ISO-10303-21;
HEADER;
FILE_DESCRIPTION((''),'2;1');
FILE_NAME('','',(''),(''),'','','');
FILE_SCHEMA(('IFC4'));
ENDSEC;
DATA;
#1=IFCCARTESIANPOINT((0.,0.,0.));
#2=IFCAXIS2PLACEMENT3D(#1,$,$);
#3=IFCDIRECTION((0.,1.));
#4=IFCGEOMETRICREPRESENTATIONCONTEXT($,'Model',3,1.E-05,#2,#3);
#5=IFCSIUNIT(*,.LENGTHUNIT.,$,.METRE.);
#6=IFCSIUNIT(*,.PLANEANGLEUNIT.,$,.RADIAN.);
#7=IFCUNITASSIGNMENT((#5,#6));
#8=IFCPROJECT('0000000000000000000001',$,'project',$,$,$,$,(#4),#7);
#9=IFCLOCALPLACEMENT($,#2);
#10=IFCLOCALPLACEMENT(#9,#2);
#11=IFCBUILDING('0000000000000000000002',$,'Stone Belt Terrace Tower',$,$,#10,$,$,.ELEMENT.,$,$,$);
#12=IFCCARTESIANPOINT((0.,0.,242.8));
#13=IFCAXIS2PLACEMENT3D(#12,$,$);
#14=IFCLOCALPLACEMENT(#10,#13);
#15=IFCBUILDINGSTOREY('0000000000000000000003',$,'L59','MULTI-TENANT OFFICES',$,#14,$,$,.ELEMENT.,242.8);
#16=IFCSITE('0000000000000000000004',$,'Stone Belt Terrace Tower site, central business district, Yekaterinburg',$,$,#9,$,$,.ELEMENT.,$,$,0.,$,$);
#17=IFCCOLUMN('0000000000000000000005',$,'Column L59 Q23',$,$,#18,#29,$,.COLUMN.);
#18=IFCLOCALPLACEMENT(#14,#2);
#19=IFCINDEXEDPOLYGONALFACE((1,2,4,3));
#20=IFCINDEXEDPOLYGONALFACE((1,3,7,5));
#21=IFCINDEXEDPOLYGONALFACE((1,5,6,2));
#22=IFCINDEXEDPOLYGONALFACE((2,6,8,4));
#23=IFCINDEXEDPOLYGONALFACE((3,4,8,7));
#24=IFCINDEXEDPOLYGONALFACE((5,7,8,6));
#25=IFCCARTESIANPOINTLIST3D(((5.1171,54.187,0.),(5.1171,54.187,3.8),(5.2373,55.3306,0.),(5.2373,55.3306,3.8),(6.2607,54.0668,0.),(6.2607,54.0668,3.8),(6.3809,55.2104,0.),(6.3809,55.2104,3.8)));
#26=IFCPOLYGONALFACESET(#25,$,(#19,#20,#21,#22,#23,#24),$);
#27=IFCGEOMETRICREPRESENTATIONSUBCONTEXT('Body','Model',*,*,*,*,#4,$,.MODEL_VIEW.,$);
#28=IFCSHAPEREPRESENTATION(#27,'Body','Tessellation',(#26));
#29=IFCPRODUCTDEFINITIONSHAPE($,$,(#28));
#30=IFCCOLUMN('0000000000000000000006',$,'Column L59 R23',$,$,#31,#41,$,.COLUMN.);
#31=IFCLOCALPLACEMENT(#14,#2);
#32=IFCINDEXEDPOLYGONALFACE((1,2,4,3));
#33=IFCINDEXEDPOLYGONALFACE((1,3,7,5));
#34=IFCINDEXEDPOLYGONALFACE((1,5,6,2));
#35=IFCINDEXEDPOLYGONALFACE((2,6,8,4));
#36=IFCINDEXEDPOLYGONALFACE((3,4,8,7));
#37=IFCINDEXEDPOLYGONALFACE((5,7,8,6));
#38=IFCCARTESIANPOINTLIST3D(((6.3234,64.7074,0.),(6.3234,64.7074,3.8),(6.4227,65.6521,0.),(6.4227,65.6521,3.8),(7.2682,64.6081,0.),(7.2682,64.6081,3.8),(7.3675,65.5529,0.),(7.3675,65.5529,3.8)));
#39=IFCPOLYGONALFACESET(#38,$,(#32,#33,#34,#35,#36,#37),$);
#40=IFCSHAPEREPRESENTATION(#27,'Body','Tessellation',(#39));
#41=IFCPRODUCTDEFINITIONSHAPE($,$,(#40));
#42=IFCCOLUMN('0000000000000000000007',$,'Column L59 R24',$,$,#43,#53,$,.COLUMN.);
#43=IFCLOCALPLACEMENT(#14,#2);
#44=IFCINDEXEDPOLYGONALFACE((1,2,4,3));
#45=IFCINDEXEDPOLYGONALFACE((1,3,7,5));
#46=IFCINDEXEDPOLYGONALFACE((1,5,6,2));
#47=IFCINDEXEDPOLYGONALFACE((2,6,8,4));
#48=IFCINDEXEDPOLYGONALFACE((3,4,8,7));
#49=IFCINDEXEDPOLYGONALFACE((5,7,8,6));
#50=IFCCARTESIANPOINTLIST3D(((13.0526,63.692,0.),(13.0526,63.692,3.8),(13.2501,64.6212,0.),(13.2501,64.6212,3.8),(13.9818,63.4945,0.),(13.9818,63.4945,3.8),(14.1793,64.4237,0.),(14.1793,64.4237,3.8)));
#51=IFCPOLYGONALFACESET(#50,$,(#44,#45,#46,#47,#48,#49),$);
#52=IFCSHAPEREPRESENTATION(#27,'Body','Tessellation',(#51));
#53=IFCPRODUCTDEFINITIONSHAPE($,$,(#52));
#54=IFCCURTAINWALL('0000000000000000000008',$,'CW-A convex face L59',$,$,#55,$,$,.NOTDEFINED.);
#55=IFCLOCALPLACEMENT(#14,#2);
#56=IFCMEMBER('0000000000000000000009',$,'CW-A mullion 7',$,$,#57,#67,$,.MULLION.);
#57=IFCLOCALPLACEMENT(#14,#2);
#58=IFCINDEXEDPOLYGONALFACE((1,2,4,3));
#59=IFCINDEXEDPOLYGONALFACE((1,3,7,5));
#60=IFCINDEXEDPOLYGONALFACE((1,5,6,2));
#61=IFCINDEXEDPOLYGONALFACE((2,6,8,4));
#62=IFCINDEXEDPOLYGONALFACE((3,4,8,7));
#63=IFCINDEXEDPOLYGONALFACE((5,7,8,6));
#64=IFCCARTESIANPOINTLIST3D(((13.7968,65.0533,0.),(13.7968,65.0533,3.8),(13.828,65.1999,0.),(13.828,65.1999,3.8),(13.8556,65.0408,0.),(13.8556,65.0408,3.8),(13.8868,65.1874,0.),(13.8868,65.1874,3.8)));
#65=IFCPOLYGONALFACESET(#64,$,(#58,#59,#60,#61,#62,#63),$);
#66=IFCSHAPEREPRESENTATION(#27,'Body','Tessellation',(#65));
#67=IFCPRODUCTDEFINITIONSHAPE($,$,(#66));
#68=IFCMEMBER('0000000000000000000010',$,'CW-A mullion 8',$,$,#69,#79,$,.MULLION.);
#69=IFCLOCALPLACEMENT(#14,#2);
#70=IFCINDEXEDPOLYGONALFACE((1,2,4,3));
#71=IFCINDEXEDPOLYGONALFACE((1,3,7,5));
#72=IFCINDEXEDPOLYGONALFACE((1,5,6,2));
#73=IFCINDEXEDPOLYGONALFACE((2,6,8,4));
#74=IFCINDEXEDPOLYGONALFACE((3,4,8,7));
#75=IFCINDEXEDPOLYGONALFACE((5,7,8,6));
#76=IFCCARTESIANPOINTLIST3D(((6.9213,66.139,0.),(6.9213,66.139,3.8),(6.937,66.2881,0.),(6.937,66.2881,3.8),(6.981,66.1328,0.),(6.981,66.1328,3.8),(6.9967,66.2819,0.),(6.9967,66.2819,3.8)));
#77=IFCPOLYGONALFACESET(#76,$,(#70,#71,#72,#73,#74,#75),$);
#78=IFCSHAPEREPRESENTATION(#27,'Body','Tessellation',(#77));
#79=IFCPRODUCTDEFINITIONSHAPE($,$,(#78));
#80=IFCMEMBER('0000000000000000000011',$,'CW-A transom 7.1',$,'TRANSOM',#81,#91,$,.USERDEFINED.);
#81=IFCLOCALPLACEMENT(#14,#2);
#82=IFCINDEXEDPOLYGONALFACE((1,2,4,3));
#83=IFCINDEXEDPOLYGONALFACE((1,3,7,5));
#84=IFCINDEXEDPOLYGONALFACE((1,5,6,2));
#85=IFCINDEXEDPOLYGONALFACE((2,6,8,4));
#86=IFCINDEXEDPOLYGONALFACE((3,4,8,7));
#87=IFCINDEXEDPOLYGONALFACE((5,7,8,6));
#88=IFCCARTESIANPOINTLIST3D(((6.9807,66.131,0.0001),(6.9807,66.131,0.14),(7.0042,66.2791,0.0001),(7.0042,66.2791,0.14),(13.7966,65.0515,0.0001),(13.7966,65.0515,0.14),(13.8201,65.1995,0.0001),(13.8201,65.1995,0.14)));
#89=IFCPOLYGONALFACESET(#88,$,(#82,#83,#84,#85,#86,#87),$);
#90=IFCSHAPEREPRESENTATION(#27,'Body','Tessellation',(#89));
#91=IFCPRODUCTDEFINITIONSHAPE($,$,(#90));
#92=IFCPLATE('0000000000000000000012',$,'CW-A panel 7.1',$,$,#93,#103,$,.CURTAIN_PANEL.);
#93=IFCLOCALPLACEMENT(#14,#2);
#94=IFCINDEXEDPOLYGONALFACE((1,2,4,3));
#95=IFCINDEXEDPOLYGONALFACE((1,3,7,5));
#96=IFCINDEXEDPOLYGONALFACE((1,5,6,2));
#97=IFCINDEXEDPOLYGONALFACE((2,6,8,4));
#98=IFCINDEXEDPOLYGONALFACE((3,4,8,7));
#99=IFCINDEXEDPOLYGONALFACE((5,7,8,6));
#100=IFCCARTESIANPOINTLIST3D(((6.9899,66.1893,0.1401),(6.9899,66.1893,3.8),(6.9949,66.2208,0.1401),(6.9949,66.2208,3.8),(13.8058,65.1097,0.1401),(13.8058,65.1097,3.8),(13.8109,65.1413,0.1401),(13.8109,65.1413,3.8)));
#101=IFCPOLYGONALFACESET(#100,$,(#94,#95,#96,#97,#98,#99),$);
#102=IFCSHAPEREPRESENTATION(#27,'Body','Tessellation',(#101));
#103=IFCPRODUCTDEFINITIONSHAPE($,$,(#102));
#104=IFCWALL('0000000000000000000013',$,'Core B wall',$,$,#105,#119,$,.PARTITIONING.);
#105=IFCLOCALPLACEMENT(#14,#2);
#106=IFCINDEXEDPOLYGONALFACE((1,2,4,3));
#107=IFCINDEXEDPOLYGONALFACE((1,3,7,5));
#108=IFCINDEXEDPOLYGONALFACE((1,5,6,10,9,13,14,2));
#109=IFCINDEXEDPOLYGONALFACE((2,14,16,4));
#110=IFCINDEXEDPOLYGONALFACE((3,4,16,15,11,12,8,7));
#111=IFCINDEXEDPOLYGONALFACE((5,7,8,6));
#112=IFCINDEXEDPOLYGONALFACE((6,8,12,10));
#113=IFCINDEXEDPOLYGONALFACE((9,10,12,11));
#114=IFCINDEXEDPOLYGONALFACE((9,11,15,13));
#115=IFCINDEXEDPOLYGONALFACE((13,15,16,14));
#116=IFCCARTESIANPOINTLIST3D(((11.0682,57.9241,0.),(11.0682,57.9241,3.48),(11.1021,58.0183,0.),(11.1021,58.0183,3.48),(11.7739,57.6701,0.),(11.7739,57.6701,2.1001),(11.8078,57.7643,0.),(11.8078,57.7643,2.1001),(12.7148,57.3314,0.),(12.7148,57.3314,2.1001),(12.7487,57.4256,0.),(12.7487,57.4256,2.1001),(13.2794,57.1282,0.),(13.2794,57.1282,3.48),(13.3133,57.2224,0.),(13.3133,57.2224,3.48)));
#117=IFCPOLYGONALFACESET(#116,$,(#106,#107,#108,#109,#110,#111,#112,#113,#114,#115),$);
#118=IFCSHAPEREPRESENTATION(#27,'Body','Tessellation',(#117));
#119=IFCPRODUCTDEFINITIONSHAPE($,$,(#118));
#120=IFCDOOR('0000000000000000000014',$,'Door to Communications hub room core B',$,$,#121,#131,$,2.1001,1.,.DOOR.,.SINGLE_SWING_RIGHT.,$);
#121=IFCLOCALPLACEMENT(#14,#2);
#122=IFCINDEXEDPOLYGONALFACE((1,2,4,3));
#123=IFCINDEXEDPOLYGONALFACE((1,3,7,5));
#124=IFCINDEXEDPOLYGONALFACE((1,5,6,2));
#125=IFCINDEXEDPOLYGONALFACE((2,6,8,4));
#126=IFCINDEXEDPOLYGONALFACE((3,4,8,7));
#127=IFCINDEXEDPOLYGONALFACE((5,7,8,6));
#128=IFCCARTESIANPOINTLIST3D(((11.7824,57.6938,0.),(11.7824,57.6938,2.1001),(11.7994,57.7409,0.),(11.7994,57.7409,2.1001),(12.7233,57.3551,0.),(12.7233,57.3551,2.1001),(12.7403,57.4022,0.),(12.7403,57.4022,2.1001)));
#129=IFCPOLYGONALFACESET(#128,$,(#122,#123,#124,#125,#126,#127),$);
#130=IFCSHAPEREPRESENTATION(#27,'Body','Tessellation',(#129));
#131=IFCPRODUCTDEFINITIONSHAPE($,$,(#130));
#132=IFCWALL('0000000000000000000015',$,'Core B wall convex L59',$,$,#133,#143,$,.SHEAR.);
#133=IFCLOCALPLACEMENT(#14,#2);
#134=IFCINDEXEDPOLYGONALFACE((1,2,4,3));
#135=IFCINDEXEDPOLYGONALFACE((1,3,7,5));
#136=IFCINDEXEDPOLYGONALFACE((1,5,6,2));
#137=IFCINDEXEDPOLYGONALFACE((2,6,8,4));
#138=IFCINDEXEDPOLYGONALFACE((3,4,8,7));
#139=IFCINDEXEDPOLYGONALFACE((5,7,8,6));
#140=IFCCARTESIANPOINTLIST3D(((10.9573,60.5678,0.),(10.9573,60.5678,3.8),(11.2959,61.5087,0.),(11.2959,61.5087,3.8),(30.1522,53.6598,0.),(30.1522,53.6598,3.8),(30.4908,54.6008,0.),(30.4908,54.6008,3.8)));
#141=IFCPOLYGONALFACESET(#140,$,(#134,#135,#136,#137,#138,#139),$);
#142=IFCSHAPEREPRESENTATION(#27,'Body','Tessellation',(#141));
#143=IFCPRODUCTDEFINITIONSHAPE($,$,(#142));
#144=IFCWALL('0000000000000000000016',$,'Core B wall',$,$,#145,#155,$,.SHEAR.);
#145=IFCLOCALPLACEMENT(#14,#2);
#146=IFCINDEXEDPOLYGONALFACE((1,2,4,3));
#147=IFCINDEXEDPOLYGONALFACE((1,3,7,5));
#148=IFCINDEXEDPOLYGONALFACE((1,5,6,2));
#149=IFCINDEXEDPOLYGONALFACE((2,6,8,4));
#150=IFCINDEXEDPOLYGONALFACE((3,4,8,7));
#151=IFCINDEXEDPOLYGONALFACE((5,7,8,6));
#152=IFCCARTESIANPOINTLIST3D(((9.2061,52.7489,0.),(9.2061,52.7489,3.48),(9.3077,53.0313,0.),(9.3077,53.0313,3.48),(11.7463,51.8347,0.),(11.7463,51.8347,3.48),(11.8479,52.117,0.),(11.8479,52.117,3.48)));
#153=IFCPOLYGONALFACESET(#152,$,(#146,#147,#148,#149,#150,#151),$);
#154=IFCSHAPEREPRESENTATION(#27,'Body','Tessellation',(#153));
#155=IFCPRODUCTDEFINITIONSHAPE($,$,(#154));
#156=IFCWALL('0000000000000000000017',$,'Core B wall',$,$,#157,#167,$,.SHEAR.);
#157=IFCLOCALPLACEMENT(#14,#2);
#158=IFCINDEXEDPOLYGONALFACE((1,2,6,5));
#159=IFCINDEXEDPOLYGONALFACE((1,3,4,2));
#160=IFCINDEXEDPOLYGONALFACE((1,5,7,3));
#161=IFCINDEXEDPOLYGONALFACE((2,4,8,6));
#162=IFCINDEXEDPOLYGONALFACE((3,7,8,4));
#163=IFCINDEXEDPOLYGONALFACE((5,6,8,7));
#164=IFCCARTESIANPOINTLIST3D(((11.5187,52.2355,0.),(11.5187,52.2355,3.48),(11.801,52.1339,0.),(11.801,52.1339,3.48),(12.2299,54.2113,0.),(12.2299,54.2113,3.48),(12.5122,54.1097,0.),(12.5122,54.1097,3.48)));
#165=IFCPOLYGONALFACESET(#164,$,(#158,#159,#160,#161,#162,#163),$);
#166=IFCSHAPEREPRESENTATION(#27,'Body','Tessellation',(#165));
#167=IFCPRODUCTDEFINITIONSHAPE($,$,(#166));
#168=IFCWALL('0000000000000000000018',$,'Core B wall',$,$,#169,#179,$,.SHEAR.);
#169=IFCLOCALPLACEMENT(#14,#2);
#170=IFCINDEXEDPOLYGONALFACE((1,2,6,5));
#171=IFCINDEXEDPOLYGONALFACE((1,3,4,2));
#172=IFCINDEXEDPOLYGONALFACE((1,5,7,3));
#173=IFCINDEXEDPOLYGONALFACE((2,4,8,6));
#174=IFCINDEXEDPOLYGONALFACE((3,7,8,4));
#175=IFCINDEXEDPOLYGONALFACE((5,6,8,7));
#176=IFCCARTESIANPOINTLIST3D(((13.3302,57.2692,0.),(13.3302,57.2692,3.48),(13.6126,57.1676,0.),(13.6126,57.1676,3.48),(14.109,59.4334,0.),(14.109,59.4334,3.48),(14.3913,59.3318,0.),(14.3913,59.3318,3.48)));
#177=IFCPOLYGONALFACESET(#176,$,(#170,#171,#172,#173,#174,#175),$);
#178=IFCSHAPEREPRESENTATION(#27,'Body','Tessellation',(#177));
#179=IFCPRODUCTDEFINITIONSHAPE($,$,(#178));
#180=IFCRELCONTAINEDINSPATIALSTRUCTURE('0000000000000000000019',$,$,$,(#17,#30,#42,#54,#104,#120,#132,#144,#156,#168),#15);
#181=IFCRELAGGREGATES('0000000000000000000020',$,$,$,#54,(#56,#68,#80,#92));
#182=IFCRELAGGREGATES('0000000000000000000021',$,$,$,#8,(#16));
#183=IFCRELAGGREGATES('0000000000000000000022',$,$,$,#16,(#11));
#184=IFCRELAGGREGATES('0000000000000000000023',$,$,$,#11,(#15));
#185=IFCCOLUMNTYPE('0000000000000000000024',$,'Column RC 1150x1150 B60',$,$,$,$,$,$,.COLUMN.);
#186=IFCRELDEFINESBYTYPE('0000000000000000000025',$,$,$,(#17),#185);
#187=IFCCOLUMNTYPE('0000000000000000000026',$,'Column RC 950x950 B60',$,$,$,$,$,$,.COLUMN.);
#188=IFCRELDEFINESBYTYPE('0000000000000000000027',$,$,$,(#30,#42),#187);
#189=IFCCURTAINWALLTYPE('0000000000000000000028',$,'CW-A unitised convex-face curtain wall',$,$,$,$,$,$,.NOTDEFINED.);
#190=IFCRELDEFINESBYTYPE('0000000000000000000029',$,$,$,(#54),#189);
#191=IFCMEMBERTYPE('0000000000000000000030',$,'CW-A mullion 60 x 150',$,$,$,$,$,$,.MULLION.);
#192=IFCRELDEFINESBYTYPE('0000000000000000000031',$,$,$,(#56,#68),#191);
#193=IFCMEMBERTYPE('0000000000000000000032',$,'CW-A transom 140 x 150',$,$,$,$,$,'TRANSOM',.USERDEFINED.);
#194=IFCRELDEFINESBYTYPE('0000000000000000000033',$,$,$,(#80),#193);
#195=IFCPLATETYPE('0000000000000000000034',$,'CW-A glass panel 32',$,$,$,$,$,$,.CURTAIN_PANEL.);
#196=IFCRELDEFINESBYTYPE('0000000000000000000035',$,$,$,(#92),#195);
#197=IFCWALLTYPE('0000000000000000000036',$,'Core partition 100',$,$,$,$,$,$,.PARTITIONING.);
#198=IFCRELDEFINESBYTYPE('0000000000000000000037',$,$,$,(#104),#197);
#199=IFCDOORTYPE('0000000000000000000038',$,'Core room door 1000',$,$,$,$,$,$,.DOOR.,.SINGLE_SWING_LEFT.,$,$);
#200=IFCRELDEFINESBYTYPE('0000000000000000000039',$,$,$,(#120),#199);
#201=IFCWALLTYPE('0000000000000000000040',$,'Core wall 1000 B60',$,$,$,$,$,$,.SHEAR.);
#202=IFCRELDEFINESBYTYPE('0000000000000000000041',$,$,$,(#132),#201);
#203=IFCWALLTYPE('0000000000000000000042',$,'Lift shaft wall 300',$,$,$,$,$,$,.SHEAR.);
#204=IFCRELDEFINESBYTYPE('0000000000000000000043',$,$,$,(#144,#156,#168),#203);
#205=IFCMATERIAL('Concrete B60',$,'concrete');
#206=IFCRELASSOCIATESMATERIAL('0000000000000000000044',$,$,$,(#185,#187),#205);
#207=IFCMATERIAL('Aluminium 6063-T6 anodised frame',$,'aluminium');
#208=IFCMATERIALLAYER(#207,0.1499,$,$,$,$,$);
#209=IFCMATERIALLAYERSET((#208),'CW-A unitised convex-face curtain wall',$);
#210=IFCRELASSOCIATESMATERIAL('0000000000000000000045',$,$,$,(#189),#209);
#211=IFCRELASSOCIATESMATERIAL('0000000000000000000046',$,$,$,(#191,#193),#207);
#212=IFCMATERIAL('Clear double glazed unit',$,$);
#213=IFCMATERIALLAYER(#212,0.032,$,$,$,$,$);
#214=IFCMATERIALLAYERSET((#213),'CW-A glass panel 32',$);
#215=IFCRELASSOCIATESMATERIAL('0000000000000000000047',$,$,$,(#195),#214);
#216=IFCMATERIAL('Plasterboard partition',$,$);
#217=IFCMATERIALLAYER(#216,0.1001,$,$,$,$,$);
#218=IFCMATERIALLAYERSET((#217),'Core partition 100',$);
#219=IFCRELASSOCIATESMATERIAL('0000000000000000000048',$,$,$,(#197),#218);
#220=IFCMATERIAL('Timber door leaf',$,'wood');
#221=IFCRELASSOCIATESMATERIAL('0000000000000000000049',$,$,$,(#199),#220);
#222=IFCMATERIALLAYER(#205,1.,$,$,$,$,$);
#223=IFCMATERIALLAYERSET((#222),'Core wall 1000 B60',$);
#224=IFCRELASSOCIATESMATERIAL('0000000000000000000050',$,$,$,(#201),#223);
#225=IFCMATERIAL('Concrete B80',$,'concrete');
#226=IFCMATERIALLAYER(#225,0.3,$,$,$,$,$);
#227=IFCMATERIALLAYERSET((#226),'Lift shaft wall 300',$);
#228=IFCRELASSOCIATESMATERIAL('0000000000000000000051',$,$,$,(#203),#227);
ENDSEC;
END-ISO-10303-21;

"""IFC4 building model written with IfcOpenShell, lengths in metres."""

from ifc_helpers import new_model, si_unit, direction, frame, frame_2d, origin, origin_2d, place, context, subcontext, project, spatial, rectangle, extrude, material, layer, layer_set, material_profile, profile_set, type_object, element, fill, aggregate, save


model = new_model("IFC4")

# Units and contexts
model_context = context("Model", 3, precision=1e-05, world=origin(), true_north=direction((0.0, 1.0)))
body_context = subcontext(model_context, "Body", "Model", "MODEL_VIEW")
ifc_project = project(units=[si_unit("LENGTHUNIT", "METRE"), si_unit("PLANEANGLEUNIT", "RADIAN")], contexts=[model_context])

# Site, building, storey
site_placement = place(None, origin())
site = spatial("IfcSite", under=ifc_project, at=site_placement, Name="Stone Belt Terrace Tower site, central business district, Yekaterinburg", CompositionType="ELEMENT", RefElevation=0.0)
building_placement = place(site_placement, origin())
building = spatial("IfcBuilding", under=site, at=building_placement, Name="Stone Belt Terrace Tower", CompositionType="ELEMENT")
storey_placement = place(building_placement, frame((0.0, 0.0, 242.8)))
storey = spatial("IfcBuildingStorey", under=building, at=storey_placement, Name="L59", Description="MULTI-TENANT OFFICES", CompositionType="ELEMENT", Elevation=242.8)

# Columns
ifc_material_1 = material(Name="Concrete B60", Category="concrete")
ifc_material_profile_1 = material_profile(ifc_material_1, rectangle(XDim=1.1499, YDim=1.1499, at=origin_2d()), Name="RC 1150x1150")
ifc_profile_set_1 = profile_set([ifc_material_profile_1], Name="Concrete B60")
column_type_1 = type_object("IfcColumnType", Name="Column RC 1150x1150 B60", PredefinedType="COLUMN", material=ifc_profile_set_1)
column_placement = place(storey_placement, frame((5.749, 54.6987, 0.0), z_axis=(0.0, 0.0, 1.0), x_axis=(0.994522, -0.104528, 0.0)))
element("IfcColumn", 1, at=column_placement, inside=storey, type_object=column_type_1, Name="Column L59 Q23", PredefinedType="COLUMN", context=body_context, shape_type="SweptSolid", body=[
    extrude(rectangle(XDim=1.1499, YDim=1.1499, at=origin_2d()), origin(), (0.0, 0.0, 1.0), 3.8),
])
ifc_material_profile_2 = material_profile(ifc_material_1, rectangle(XDim=0.95, YDim=0.95, at=origin_2d()), Name="RC 950x950")
ifc_profile_set_2 = profile_set([ifc_material_profile_2], Name="Concrete B60")
column_type_2 = type_object("IfcColumnType", Name="Column RC 950x950 B60", PredefinedType="COLUMN", material=ifc_profile_set_2)
for number, where, z_axis, x_axis, name in (
    (2, (6.8455, 65.1301, 0.0), (0.0, 0.0, 1.0), (0.994522, -0.104528, 0.0), "Column L59 R23"),
    (3, (13.616, 64.0579, 0.0), (0.0, 0.0, 1.0), (0.978148, -0.207912, 0.0), "Column L59 R24"),
):
    element("IfcColumn", number, at=place(storey_placement, frame(where, z_axis=z_axis, x_axis=x_axis)), inside=storey, type_object=column_type_2, Name=name, PredefinedType="COLUMN", context=body_context, shape_type="SweptSolid", body=[
        extrude(rectangle(XDim=0.95, YDim=0.95, at=origin_2d()), origin(), (0.0, 0.0, 1.0), 3.8),
    ])

# Curtain wall, members, plate
ifc_material_2 = material(Name="Aluminium 6063-T6 anodised frame", Category="aluminium")
ifc_layer_1 = layer(ifc_material_2, 0.1499)
ifc_layer_set_1 = layer_set([ifc_layer_1], Name="CW-A unitised convex-face curtain wall")
curtain_wall_type = type_object("IfcCurtainWallType", Name="CW-A unitised convex-face curtain wall", PredefinedType="NOTDEFINED", material=ifc_layer_set_1)
curtain_wall_placement = place(storey_placement, origin())
curtain_wall = element("IfcCurtainWall", 4, at=curtain_wall_placement, inside=storey, type_object=curtain_wall_type, Name="CW-A convex face L59", PredefinedType="NOTDEFINED")
ifc_material_profile_3 = material_profile(ifc_material_2, rectangle(XDim=0.1499, YDim=0.0601, at=origin_2d()), Name="Aluminium 6063-T6 60x150")
ifc_profile_set_3 = profile_set([ifc_material_profile_3], Name="Aluminium 6063-T6 anodised frame")
member_type_1 = type_object("IfcMemberType", Name="CW-A mullion 60 x 150", PredefinedType="MULLION", material=ifc_profile_set_3)
member_1_placement = place(storey_placement, frame((13.8418, 65.1204, 0.0), z_axis=(0.0, 0.0, 1.0), x_axis=(-0.207912, -0.978148, 0.0)))
member_1 = element("IfcMember", 5, at=member_1_placement, type_object=member_type_1, Name="CW-A mullion 7", PredefinedType="MULLION", context=body_context, shape_type="SweptSolid", body=[
    extrude(rectangle(XDim=0.1499, YDim=0.0601, at=origin_2d()), origin(), (0.0, 0.0, 1.0), 3.8),
])
member_2_placement = place(storey_placement, frame((6.959, 66.2104, 0.0), z_axis=(0.0, 0.0, 1.0), x_axis=(-0.104528, -0.994522, 0.0)))
member_2 = element("IfcMember", 6, at=member_2_placement, type_object=member_type_1, Name="CW-A mullion 8", PredefinedType="MULLION", context=body_context, shape_type="SweptSolid", body=[
    extrude(rectangle(XDim=0.1499, YDim=0.0601, at=origin_2d()), origin(), (0.0, 0.0, 1.0), 3.8),
])
ifc_material_profile_4 = material_profile(ifc_material_2, rectangle(XDim=0.1499, YDim=0.1399, at=origin_2d()), Name="Aluminium 6063-T6 150x140")
ifc_profile_set_4 = profile_set([ifc_material_profile_4], Name="Aluminium 6063-T6 anodised frame")
member_type_2 = type_object("IfcMemberType", Name="CW-A transom 140 x 150", ElementType="TRANSOM", PredefinedType="USERDEFINED", material=ifc_profile_set_4)
member_3_placement = place(storey_placement, frame((13.8083, 65.1255, 0.0701), z_axis=(-0.987687, 0.156442, 0.0), x_axis=(-0.156442, -0.987687, 0.0)))
member_3 = element("IfcMember", 7, at=member_3_placement, type_object=member_type_2, Name="CW-A transom 7.1", ObjectType="TRANSOM", PredefinedType="USERDEFINED", context=body_context, shape_type="SweptSolid", body=[
    extrude(rectangle(XDim=0.1499, YDim=0.1399, at=origin_2d()), origin(), (0.0, 0.0, 1.0), 6.9009),
])
ifc_material_3 = material(Name="Clear double glazed unit")
ifc_layer_2 = layer(ifc_material_3, 0.032)
ifc_layer_set_2 = layer_set([ifc_layer_2], Name="CW-A glass panel 32")
plate_type = type_object("IfcPlateType", Name="CW-A glass panel 32", PredefinedType="CURTAIN_PANEL", material=ifc_layer_set_2)
plate_placement = place(storey_placement, frame((10.4004, 65.6653, 0.1401), z_axis=(0.0, 0.0, 1.0), x_axis=(-0.987688, 0.156434, 0.0)))
plate = element("IfcPlate", 8, at=plate_placement, type_object=plate_type, Name="CW-A panel 7.1", PredefinedType="CURTAIN_PANEL", context=body_context, shape_type="SweptSolid", body=[
    extrude(rectangle(XDim=6.9009, YDim=0.032, at=origin_2d()), origin(), (0.0, 0.0, 1.0), 3.6599),
])
aggregate(curtain_wall, [member_1, member_2, member_3, plate])

# Wall, opening, door
ifc_material_4 = material(Name="Plasterboard partition")
ifc_layer_3 = layer(ifc_material_4, 0.1001)
ifc_layer_set_3 = layer_set([ifc_layer_3], Name="Core partition 100")
wall_type_1 = type_object("IfcWallType", Name="Core partition 100", PredefinedType="PARTITIONING", material=ifc_layer_set_3)
wall_1_placement = place(storey_placement, frame((13.2964, 57.1753, 0.0), z_axis=(0.0, 0.0, 1.0), x_axis=(-0.940905, 0.338672, 0.0)))
wall_1 = element("IfcWall", 9, at=wall_1_placement, inside=storey, type_object=wall_type_1, Name="Core B wall", PredefinedType="PARTITIONING", context=body_context, shape_type="SweptSolid", body=[
    extrude(rectangle(XDim=2.3501, YDim=0.1001, at=frame_2d((1.175, 0.0))), origin(), (0.0, 0.0, 1.0), 3.48),
])
opening_1_placement = place(wall_1_placement, frame((0.6001, 0.0, 0.0)))
opening_1 = element("IfcOpeningElement", 10, at=opening_1_placement, cuts=wall_1, PredefinedType="OPENING", context=body_context, shape_type="SweptSolid", body=[
    extrude(rectangle(XDim=1.0, YDim=2.1001, at=frame_2d((0.5, 1.05))), frame((0.0, 0.0601, 0.0), z_axis=(0.0, -1.0, 0.0), x_axis=(1.0, 0.0, 0.0)), (0.0, 0.0, 1.0), 0.1201),
])
ifc_material_5 = material(Name="Timber door leaf", Category="wood")
door_type_1 = type_object("IfcDoorType", Name="Core room door 1000", OperationType="SINGLE_SWING_LEFT", PredefinedType="DOOR", material=ifc_material_5)
door_1_placement = place(opening_1_placement, origin())
door_1 = element("IfcDoor", 11, at=door_1_placement, inside=storey, type_object=door_type_1, Name="Door to Communications hub room core B", OperationType="SINGLE_SWING_RIGHT", OverallHeight=2.1001, OverallWidth=1.0, PredefinedType="DOOR", context=body_context, shape_type="SweptSolid", body=[
    extrude(rectangle(XDim=1.0, YDim=2.1001, at=frame_2d((0.5, 1.05))), frame((0.0, 0.0249, 0.0), z_axis=(0.0, -1.0, 0.0), x_axis=(1.0, 0.0, 0.0)), (0.0, 0.0, 1.0), 0.05),
])
fill(opening_1, door_1)

# Walls
ifc_layer_4 = layer(ifc_material_1, 1.0)
ifc_layer_set_4 = layer_set([ifc_layer_4], Name="Core wall 1000 B60")
wall_type_2 = type_object("IfcWallType", Name="Core wall 1000 B60", PredefinedType="SHEAR", material=ifc_layer_set_4)
wall_2_placement = place(storey_placement, frame((11.1265, 61.0383, 0.0), z_axis=(0.0, 0.0, 1.0), x_axis=(0.940921, -0.338625, 0.0)))
element("IfcWall", 12, at=wall_2_placement, inside=storey, type_object=wall_type_2, Name="Core B wall convex L59", PredefinedType="SHEAR", context=body_context, shape_type="SweptSolid", body=[
    extrude(rectangle(XDim=20.4001, YDim=1.0, at=frame_2d((10.2002, 0.0))), origin(), (0.0, 0.0, 1.0), 3.8),
])
ifc_material_6 = material(Name="Concrete B80", Category="concrete")
ifc_layer_5 = layer(ifc_material_6, 0.3)
ifc_layer_set_5 = layer_set([ifc_layer_5], Name="Lift shaft wall 300")
wall_type_3 = type_object("IfcWallType", Name="Lift shaft wall 300", PredefinedType="SHEAR", material=ifc_layer_set_5)
wall_3_placement = place(storey_placement, frame((11.7971, 51.9758, 0.0), z_axis=(0.0, 0.0, 1.0), x_axis=(-0.94091, 0.338655, 0.0)))
element("IfcWall", 13, at=wall_3_placement, inside=storey, type_object=wall_type_3, Name="Core B wall", PredefinedType="SHEAR", context=body_context, shape_type="SweptSolid", body=[
    extrude(rectangle(XDim=2.6997, YDim=0.3, at=frame_2d((1.3499, 0.0))), origin(), (0.0, 0.0, 1.0), 3.48),
])
wall_4_placement = place(storey_placement, frame((11.6599, 52.1848, 0.0), z_axis=(0.0, 0.0, 1.0), x_axis=(0.33867, 0.940905, 0.0)))
element("IfcWall", 14, at=wall_4_placement, inside=storey, type_object=wall_type_3, Name="Core B wall", PredefinedType="SHEAR", context=body_context, shape_type="SweptSolid", body=[
    extrude(rectangle(XDim=2.0999, YDim=0.3, at=frame_2d((1.0498, 0.0))), origin(), (0.0, 0.0, 1.0), 3.48),
])
wall_5_placement = place(storey_placement, frame((13.4714, 57.2185, 0.0), z_axis=(0.0, 0.0, 1.0), x_axis=(0.338588, 0.940935, 0.0)))
element("IfcWall", 15, at=wall_5_placement, inside=storey, type_object=wall_type_3, Name="Core B wall", PredefinedType="SHEAR", context=body_context, shape_type="SweptSolid", body=[
    extrude(rectangle(XDim=2.3, YDim=0.3, at=frame_2d((1.1499, 0.0))), origin(), (0.0, 0.0, 1.0), 3.48),
])

save(model, "model.ifc")
